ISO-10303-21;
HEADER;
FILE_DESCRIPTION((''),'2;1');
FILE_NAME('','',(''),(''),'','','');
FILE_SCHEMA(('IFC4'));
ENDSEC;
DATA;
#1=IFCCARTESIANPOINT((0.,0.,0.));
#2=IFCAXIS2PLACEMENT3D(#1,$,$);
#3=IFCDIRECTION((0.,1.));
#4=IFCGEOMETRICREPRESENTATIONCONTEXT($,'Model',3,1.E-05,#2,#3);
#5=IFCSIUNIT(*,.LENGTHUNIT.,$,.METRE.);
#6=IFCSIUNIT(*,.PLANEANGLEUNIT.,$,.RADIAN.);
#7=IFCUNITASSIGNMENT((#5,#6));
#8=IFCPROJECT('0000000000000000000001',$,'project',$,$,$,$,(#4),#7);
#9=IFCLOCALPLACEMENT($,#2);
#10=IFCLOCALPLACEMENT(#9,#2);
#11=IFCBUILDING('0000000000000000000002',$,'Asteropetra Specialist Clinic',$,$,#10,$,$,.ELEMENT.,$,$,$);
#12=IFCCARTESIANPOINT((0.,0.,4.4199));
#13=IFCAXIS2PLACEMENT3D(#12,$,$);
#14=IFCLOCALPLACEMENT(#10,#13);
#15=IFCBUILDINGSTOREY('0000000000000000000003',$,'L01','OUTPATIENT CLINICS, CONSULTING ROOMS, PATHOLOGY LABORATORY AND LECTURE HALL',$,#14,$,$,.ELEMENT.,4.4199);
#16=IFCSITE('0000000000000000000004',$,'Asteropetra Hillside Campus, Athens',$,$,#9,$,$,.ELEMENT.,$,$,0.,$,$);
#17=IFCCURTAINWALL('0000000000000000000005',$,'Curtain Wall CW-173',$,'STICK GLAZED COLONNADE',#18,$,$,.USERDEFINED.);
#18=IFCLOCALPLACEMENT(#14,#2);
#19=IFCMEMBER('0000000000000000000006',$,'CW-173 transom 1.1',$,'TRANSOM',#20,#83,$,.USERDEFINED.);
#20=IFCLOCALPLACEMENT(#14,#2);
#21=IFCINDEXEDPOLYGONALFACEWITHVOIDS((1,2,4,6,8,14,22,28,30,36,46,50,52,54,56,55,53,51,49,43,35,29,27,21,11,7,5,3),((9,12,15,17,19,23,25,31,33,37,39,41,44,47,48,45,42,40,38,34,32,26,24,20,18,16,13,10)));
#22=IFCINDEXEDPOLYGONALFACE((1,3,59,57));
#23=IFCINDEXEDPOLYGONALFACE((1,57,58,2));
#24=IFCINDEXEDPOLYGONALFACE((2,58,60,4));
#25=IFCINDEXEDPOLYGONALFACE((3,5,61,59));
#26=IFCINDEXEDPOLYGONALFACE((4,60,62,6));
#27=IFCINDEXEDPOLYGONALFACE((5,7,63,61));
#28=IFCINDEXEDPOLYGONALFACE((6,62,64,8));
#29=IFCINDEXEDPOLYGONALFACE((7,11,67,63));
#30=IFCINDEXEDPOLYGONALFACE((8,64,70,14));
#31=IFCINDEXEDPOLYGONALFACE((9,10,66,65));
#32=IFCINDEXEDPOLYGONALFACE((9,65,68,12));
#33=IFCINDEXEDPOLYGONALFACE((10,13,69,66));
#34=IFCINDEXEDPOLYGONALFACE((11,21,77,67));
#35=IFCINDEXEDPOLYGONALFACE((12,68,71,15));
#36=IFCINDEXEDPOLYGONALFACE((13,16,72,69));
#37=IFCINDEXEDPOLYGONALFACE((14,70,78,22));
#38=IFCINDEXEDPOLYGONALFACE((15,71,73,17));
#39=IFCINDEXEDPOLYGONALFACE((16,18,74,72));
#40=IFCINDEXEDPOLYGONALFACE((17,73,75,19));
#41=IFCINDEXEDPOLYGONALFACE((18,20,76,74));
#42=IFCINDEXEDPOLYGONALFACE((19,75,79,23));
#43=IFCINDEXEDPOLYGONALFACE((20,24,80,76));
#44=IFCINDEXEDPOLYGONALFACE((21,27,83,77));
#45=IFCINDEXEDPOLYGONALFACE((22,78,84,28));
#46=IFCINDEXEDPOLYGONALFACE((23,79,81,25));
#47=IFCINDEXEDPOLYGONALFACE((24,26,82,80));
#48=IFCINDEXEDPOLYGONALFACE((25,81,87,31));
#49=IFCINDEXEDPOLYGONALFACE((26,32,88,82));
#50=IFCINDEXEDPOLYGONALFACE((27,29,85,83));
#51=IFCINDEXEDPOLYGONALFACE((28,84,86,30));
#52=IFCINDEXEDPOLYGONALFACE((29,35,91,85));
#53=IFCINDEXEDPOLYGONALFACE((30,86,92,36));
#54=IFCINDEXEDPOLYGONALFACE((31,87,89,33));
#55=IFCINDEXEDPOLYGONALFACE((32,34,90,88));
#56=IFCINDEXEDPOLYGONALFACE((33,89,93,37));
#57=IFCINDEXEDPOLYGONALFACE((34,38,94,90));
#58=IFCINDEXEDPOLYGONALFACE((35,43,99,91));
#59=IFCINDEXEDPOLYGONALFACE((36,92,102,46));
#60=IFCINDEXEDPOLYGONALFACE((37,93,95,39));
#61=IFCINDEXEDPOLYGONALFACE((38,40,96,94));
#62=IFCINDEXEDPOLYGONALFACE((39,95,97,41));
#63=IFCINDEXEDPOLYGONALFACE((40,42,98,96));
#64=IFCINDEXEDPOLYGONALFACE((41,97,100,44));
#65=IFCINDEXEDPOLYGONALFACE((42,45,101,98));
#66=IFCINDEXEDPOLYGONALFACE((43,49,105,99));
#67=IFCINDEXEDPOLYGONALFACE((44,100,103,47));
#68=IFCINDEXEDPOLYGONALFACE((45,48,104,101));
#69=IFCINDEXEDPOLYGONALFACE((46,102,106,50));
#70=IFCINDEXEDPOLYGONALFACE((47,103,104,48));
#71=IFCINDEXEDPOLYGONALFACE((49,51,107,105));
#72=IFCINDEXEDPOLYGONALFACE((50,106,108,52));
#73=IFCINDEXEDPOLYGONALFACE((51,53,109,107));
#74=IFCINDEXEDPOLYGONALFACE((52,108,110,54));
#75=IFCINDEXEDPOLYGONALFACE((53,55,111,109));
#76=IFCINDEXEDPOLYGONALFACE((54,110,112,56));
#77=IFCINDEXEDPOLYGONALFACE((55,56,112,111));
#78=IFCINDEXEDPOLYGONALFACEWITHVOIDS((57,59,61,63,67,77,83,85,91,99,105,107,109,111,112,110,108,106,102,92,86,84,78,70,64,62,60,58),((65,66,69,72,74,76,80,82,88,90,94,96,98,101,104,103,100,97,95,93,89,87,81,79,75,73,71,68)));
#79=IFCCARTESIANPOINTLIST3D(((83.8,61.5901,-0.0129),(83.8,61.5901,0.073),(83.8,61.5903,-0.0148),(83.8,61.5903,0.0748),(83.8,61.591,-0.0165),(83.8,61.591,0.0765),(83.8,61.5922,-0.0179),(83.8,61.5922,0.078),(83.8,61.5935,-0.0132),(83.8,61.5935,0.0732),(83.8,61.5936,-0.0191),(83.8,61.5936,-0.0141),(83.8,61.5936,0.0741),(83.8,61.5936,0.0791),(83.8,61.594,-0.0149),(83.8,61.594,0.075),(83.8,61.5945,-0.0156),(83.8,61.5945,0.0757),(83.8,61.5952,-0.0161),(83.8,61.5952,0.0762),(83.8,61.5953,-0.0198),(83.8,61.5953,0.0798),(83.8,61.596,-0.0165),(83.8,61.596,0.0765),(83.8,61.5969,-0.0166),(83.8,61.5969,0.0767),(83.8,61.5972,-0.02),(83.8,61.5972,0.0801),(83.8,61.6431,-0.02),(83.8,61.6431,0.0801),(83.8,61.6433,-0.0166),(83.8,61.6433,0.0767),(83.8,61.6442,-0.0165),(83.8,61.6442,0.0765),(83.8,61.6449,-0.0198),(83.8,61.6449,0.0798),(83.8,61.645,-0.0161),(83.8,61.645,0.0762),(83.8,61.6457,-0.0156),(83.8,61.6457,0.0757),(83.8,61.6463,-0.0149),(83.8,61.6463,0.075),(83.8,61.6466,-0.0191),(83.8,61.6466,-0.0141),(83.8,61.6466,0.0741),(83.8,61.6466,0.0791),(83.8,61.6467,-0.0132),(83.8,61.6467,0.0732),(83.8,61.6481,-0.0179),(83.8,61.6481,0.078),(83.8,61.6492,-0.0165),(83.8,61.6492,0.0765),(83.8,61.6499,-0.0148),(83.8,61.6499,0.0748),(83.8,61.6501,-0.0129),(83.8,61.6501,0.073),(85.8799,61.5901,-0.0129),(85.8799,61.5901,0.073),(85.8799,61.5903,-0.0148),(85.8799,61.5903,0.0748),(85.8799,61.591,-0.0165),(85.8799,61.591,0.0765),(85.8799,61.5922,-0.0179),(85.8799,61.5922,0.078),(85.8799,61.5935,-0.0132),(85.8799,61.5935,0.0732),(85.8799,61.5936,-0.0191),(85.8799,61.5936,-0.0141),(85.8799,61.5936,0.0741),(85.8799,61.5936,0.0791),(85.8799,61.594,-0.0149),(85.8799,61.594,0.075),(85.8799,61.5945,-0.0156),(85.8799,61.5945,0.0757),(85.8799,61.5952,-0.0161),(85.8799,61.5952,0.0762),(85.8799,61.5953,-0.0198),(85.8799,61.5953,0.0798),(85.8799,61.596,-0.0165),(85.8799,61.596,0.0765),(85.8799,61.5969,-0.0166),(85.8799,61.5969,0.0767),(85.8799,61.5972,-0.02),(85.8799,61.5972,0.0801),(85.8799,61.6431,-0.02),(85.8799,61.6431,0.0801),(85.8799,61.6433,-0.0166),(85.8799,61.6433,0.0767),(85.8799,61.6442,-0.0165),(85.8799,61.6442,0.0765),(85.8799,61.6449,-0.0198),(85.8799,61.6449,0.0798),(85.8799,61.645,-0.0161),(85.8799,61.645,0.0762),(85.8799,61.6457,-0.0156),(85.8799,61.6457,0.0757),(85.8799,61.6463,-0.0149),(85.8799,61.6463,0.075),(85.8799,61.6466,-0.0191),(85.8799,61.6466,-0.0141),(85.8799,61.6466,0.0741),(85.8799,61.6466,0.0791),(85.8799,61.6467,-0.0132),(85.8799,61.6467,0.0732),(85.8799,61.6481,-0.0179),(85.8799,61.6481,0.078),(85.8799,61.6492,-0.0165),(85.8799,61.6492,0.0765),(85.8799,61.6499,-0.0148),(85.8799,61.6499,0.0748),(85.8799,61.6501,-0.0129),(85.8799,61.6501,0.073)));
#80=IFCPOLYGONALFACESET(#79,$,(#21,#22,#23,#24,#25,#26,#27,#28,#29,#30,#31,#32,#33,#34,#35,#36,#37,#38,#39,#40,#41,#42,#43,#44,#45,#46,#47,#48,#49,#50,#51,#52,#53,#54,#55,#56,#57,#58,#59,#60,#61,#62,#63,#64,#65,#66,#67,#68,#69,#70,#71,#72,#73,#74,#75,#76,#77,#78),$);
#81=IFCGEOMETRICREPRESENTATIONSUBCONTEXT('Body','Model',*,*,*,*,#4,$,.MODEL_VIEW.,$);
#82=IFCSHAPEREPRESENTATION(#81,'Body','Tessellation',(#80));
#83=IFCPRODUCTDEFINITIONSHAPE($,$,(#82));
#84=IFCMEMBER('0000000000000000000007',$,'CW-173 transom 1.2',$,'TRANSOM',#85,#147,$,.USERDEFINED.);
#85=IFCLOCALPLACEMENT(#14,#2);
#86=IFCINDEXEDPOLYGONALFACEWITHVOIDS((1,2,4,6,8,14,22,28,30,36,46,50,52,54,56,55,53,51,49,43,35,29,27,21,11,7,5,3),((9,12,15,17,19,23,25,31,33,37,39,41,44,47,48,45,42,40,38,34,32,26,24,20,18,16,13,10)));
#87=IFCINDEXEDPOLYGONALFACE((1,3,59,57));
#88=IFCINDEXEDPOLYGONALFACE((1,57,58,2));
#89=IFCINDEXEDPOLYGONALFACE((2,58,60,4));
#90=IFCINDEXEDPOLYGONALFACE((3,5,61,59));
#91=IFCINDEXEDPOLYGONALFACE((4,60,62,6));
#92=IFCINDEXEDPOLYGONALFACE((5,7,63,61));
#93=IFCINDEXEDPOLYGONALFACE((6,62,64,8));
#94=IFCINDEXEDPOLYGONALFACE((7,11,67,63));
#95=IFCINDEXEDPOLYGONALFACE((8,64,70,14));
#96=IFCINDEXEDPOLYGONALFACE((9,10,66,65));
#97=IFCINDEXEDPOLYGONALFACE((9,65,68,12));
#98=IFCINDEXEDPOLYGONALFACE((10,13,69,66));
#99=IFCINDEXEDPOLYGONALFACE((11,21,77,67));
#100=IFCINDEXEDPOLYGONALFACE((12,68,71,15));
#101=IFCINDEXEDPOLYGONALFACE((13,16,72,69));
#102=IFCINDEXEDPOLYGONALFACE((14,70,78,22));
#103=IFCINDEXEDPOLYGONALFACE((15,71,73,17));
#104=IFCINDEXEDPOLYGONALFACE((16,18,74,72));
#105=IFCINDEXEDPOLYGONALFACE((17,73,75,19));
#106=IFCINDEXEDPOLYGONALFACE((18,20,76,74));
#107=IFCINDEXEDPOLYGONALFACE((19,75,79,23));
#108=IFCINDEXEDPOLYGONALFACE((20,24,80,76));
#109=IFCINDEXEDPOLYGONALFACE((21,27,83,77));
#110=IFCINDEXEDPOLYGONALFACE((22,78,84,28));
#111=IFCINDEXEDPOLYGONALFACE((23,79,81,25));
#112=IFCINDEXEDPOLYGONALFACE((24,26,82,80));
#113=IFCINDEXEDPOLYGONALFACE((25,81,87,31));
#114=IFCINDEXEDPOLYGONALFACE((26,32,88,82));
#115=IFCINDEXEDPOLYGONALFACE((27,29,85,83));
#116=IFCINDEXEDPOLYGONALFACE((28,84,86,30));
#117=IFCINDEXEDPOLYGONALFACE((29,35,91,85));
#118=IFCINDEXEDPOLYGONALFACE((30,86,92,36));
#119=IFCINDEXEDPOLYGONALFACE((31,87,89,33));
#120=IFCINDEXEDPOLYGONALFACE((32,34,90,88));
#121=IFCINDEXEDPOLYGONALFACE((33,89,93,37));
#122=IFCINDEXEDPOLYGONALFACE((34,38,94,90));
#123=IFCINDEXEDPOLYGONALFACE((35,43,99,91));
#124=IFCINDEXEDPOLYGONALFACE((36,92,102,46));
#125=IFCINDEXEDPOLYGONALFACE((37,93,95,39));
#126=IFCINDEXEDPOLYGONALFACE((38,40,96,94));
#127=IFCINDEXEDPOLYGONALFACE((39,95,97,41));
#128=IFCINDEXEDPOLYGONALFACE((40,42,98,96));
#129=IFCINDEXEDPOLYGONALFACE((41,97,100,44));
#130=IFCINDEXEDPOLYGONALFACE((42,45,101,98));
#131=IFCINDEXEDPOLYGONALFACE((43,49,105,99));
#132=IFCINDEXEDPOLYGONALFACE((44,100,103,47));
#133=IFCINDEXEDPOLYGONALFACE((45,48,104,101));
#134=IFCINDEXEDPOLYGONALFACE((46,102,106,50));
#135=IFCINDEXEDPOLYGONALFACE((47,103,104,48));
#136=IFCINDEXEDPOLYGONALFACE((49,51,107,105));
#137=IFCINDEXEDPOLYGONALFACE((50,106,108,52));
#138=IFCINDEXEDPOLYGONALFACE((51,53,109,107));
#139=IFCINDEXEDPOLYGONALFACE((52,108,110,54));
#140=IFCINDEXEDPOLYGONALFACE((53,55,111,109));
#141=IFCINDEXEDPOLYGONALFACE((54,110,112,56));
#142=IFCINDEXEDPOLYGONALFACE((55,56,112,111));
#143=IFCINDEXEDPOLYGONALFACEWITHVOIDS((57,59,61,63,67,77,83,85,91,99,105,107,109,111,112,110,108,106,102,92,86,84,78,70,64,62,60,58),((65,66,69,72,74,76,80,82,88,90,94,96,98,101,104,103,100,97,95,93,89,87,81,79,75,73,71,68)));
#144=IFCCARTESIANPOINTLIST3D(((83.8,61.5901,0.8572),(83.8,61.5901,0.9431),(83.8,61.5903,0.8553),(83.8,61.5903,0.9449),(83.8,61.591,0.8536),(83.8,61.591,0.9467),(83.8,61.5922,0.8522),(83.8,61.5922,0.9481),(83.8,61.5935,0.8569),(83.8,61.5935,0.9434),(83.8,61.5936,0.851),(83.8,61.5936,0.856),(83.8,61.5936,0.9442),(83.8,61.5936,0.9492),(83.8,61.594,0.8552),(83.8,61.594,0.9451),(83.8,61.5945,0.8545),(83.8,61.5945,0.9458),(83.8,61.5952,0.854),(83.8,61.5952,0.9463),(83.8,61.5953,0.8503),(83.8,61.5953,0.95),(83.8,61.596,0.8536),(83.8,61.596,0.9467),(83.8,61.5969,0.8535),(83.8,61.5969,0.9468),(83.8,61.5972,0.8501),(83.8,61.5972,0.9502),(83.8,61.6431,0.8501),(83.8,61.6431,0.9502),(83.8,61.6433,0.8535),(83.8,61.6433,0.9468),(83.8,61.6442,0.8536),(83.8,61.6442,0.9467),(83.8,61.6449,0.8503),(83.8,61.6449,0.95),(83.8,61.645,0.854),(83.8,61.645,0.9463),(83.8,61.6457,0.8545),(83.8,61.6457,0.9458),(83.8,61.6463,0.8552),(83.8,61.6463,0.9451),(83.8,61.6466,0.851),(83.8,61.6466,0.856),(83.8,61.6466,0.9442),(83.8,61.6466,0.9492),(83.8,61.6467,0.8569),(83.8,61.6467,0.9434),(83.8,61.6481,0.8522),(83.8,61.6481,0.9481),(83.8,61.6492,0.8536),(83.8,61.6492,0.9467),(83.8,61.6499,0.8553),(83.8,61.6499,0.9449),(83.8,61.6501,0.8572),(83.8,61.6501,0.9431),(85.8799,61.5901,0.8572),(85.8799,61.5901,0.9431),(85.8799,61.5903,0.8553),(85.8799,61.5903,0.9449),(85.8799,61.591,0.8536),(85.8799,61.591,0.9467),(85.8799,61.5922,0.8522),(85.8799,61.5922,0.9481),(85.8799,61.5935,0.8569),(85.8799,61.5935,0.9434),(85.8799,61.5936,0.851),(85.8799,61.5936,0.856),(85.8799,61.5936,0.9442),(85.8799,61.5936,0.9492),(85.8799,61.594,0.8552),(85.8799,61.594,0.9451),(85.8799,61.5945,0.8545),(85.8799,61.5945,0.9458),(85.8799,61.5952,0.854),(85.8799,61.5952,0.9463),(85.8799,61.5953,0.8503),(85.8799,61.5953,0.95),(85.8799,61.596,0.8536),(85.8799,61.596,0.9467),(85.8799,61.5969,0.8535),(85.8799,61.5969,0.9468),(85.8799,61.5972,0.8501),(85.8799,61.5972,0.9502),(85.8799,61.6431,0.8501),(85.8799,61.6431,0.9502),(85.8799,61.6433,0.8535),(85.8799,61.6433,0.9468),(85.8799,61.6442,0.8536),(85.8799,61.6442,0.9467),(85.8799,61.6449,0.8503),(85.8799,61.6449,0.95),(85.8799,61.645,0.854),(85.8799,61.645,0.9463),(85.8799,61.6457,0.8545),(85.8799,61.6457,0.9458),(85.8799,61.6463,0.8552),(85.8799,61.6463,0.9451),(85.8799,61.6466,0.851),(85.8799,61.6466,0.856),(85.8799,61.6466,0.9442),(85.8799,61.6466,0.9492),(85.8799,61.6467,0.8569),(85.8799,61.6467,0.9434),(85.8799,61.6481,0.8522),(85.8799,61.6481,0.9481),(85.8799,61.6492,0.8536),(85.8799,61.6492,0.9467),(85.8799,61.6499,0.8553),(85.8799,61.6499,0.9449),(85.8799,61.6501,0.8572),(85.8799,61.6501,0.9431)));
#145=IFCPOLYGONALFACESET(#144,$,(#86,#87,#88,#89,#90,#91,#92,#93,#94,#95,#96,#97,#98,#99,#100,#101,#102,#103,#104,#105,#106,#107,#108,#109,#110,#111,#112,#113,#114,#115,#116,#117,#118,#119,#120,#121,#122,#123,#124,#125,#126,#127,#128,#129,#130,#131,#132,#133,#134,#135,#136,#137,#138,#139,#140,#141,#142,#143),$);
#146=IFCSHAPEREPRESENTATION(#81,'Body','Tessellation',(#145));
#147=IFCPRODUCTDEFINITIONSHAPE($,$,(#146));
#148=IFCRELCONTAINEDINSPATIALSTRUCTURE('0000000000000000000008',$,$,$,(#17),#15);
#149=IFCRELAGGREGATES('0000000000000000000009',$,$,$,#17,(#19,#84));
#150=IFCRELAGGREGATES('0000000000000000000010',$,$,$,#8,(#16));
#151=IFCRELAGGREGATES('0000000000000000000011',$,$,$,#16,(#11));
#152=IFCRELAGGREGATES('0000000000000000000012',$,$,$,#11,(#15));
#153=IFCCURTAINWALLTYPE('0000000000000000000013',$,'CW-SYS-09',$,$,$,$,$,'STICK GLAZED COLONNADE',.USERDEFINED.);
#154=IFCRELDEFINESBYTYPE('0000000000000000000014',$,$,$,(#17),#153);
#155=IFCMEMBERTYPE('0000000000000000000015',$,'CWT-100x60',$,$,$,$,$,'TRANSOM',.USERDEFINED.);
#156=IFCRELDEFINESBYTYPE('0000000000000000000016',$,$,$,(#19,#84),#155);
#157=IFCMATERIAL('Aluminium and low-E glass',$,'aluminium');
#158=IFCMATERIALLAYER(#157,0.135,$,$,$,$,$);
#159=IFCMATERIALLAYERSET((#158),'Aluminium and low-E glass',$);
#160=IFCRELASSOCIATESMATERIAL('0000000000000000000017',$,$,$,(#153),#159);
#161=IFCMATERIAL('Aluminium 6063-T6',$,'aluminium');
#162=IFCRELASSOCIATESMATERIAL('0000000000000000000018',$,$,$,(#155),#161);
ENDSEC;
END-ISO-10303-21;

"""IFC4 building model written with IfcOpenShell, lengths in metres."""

from ifc_helpers import new_model, si_unit, direction, frame, origin, origin_2d, place, context, subcontext, project, spatial, hollow_rectangle, extrude, material, layer, layer_set, material_profile, profile_set, type_object, element, aggregate, save


model = new_model("IFC4")

# Units and contexts
model_context = context("Model", 3, precision=1e-05, world=origin(), true_north=direction((0.0, 1.0)))
body_context = subcontext(model_context, "Body", "Model", "MODEL_VIEW")
ifc_project = project(units=[si_unit("LENGTHUNIT", "METRE"), si_unit("PLANEANGLEUNIT", "RADIAN")], contexts=[model_context])

# Site, building, storey
site_placement = place(None, origin())
site = spatial("IfcSite", under=ifc_project, at=site_placement, Name="Asteropetra Hillside Campus, Athens", CompositionType="ELEMENT", RefElevation=0.0)
building_placement = place(site_placement, origin())
building = spatial("IfcBuilding", under=site, at=building_placement, Name="Asteropetra Specialist Clinic", CompositionType="ELEMENT")
storey_placement = place(building_placement, frame((0.0, 0.0, 4.4199)))
storey = spatial("IfcBuildingStorey", under=building, at=storey_placement, Name="L01", Description="OUTPATIENT CLINICS, CONSULTING ROOMS, PATHOLOGY LABORATORY AND LECTURE HALL", CompositionType="ELEMENT", Elevation=4.4199)

# Curtain wall
ifc_material_1 = material(Name="Aluminium and low-E glass", Category="aluminium")
ifc_layer_1 = layer(ifc_material_1, 0.135)
ifc_layer_set_1 = layer_set([ifc_layer_1], Name="Aluminium and low-E glass")
curtain_wall_type_1 = type_object("IfcCurtainWallType", Name="CW-SYS-09", ElementType="STICK GLAZED COLONNADE", PredefinedType="USERDEFINED", material=ifc_layer_set_1)
curtain_wall_1_placement = place(storey_placement, origin())
curtain_wall_1 = element("IfcCurtainWall", 1, at=curtain_wall_1_placement, inside=storey, type_object=curtain_wall_type_1, Name="Curtain Wall CW-173", ObjectType="STICK GLAZED COLONNADE", PredefinedType="USERDEFINED")

# Members
ifc_material_2 = material(Name="Aluminium 6063-T6", Category="aluminium")
ifc_material_profile_1 = material_profile(ifc_material_2, hollow_rectangle(XDim=0.0601, YDim=0.1001, WallThickness=0.0034, InnerFilletRadius=0.0034, OuterFilletRadius=0.0071, at=origin_2d()), Name="TRN 100x60x3.5")
ifc_profile_set_1 = profile_set([ifc_material_profile_1], Name="Aluminium 6063-T6")
member_type_1 = type_object("IfcMemberType", Name="CWT-100x60", ElementType="TRANSOM", PredefinedType="USERDEFINED", material=ifc_profile_set_1)
member_1_placement = place(storey_placement, frame((85.8799, 61.6201, 0.03), z_axis=(-1.0, 0.0, 0.0), x_axis=(0.0, -1.0, 0.0)))
member_1 = element("IfcMember", 2, at=member_1_placement, type_object=member_type_1, Name="CW-173 transom 1.1", ObjectType="TRANSOM", PredefinedType="USERDEFINED", context=body_context, shape_type="SweptSolid", body=[
    extrude(hollow_rectangle(XDim=0.0601, YDim=0.1001, WallThickness=0.0034, InnerFilletRadius=0.0034, OuterFilletRadius=0.0071, at=origin_2d()), origin(), (0.0, 0.0, 1.0), 2.0798),
])
member_2_placement = place(storey_placement, frame((85.8799, 61.6201, 0.9001), z_axis=(-1.0, 0.0, 0.0), x_axis=(0.0, -1.0, 0.0)))
member_2 = element("IfcMember", 3, at=member_2_placement, type_object=member_type_1, Name="CW-173 transom 1.2", ObjectType="TRANSOM", PredefinedType="USERDEFINED", context=body_context, shape_type="SweptSolid", body=[
    extrude(hollow_rectangle(XDim=0.0601, YDim=0.1001, WallThickness=0.0034, InnerFilletRadius=0.0034, OuterFilletRadius=0.0071, at=origin_2d()), origin(), (0.0, 0.0, 1.0), 2.0798),
])

aggregate(curtain_wall_1, [member_1, member_2])

save(model, "model.ifc")
